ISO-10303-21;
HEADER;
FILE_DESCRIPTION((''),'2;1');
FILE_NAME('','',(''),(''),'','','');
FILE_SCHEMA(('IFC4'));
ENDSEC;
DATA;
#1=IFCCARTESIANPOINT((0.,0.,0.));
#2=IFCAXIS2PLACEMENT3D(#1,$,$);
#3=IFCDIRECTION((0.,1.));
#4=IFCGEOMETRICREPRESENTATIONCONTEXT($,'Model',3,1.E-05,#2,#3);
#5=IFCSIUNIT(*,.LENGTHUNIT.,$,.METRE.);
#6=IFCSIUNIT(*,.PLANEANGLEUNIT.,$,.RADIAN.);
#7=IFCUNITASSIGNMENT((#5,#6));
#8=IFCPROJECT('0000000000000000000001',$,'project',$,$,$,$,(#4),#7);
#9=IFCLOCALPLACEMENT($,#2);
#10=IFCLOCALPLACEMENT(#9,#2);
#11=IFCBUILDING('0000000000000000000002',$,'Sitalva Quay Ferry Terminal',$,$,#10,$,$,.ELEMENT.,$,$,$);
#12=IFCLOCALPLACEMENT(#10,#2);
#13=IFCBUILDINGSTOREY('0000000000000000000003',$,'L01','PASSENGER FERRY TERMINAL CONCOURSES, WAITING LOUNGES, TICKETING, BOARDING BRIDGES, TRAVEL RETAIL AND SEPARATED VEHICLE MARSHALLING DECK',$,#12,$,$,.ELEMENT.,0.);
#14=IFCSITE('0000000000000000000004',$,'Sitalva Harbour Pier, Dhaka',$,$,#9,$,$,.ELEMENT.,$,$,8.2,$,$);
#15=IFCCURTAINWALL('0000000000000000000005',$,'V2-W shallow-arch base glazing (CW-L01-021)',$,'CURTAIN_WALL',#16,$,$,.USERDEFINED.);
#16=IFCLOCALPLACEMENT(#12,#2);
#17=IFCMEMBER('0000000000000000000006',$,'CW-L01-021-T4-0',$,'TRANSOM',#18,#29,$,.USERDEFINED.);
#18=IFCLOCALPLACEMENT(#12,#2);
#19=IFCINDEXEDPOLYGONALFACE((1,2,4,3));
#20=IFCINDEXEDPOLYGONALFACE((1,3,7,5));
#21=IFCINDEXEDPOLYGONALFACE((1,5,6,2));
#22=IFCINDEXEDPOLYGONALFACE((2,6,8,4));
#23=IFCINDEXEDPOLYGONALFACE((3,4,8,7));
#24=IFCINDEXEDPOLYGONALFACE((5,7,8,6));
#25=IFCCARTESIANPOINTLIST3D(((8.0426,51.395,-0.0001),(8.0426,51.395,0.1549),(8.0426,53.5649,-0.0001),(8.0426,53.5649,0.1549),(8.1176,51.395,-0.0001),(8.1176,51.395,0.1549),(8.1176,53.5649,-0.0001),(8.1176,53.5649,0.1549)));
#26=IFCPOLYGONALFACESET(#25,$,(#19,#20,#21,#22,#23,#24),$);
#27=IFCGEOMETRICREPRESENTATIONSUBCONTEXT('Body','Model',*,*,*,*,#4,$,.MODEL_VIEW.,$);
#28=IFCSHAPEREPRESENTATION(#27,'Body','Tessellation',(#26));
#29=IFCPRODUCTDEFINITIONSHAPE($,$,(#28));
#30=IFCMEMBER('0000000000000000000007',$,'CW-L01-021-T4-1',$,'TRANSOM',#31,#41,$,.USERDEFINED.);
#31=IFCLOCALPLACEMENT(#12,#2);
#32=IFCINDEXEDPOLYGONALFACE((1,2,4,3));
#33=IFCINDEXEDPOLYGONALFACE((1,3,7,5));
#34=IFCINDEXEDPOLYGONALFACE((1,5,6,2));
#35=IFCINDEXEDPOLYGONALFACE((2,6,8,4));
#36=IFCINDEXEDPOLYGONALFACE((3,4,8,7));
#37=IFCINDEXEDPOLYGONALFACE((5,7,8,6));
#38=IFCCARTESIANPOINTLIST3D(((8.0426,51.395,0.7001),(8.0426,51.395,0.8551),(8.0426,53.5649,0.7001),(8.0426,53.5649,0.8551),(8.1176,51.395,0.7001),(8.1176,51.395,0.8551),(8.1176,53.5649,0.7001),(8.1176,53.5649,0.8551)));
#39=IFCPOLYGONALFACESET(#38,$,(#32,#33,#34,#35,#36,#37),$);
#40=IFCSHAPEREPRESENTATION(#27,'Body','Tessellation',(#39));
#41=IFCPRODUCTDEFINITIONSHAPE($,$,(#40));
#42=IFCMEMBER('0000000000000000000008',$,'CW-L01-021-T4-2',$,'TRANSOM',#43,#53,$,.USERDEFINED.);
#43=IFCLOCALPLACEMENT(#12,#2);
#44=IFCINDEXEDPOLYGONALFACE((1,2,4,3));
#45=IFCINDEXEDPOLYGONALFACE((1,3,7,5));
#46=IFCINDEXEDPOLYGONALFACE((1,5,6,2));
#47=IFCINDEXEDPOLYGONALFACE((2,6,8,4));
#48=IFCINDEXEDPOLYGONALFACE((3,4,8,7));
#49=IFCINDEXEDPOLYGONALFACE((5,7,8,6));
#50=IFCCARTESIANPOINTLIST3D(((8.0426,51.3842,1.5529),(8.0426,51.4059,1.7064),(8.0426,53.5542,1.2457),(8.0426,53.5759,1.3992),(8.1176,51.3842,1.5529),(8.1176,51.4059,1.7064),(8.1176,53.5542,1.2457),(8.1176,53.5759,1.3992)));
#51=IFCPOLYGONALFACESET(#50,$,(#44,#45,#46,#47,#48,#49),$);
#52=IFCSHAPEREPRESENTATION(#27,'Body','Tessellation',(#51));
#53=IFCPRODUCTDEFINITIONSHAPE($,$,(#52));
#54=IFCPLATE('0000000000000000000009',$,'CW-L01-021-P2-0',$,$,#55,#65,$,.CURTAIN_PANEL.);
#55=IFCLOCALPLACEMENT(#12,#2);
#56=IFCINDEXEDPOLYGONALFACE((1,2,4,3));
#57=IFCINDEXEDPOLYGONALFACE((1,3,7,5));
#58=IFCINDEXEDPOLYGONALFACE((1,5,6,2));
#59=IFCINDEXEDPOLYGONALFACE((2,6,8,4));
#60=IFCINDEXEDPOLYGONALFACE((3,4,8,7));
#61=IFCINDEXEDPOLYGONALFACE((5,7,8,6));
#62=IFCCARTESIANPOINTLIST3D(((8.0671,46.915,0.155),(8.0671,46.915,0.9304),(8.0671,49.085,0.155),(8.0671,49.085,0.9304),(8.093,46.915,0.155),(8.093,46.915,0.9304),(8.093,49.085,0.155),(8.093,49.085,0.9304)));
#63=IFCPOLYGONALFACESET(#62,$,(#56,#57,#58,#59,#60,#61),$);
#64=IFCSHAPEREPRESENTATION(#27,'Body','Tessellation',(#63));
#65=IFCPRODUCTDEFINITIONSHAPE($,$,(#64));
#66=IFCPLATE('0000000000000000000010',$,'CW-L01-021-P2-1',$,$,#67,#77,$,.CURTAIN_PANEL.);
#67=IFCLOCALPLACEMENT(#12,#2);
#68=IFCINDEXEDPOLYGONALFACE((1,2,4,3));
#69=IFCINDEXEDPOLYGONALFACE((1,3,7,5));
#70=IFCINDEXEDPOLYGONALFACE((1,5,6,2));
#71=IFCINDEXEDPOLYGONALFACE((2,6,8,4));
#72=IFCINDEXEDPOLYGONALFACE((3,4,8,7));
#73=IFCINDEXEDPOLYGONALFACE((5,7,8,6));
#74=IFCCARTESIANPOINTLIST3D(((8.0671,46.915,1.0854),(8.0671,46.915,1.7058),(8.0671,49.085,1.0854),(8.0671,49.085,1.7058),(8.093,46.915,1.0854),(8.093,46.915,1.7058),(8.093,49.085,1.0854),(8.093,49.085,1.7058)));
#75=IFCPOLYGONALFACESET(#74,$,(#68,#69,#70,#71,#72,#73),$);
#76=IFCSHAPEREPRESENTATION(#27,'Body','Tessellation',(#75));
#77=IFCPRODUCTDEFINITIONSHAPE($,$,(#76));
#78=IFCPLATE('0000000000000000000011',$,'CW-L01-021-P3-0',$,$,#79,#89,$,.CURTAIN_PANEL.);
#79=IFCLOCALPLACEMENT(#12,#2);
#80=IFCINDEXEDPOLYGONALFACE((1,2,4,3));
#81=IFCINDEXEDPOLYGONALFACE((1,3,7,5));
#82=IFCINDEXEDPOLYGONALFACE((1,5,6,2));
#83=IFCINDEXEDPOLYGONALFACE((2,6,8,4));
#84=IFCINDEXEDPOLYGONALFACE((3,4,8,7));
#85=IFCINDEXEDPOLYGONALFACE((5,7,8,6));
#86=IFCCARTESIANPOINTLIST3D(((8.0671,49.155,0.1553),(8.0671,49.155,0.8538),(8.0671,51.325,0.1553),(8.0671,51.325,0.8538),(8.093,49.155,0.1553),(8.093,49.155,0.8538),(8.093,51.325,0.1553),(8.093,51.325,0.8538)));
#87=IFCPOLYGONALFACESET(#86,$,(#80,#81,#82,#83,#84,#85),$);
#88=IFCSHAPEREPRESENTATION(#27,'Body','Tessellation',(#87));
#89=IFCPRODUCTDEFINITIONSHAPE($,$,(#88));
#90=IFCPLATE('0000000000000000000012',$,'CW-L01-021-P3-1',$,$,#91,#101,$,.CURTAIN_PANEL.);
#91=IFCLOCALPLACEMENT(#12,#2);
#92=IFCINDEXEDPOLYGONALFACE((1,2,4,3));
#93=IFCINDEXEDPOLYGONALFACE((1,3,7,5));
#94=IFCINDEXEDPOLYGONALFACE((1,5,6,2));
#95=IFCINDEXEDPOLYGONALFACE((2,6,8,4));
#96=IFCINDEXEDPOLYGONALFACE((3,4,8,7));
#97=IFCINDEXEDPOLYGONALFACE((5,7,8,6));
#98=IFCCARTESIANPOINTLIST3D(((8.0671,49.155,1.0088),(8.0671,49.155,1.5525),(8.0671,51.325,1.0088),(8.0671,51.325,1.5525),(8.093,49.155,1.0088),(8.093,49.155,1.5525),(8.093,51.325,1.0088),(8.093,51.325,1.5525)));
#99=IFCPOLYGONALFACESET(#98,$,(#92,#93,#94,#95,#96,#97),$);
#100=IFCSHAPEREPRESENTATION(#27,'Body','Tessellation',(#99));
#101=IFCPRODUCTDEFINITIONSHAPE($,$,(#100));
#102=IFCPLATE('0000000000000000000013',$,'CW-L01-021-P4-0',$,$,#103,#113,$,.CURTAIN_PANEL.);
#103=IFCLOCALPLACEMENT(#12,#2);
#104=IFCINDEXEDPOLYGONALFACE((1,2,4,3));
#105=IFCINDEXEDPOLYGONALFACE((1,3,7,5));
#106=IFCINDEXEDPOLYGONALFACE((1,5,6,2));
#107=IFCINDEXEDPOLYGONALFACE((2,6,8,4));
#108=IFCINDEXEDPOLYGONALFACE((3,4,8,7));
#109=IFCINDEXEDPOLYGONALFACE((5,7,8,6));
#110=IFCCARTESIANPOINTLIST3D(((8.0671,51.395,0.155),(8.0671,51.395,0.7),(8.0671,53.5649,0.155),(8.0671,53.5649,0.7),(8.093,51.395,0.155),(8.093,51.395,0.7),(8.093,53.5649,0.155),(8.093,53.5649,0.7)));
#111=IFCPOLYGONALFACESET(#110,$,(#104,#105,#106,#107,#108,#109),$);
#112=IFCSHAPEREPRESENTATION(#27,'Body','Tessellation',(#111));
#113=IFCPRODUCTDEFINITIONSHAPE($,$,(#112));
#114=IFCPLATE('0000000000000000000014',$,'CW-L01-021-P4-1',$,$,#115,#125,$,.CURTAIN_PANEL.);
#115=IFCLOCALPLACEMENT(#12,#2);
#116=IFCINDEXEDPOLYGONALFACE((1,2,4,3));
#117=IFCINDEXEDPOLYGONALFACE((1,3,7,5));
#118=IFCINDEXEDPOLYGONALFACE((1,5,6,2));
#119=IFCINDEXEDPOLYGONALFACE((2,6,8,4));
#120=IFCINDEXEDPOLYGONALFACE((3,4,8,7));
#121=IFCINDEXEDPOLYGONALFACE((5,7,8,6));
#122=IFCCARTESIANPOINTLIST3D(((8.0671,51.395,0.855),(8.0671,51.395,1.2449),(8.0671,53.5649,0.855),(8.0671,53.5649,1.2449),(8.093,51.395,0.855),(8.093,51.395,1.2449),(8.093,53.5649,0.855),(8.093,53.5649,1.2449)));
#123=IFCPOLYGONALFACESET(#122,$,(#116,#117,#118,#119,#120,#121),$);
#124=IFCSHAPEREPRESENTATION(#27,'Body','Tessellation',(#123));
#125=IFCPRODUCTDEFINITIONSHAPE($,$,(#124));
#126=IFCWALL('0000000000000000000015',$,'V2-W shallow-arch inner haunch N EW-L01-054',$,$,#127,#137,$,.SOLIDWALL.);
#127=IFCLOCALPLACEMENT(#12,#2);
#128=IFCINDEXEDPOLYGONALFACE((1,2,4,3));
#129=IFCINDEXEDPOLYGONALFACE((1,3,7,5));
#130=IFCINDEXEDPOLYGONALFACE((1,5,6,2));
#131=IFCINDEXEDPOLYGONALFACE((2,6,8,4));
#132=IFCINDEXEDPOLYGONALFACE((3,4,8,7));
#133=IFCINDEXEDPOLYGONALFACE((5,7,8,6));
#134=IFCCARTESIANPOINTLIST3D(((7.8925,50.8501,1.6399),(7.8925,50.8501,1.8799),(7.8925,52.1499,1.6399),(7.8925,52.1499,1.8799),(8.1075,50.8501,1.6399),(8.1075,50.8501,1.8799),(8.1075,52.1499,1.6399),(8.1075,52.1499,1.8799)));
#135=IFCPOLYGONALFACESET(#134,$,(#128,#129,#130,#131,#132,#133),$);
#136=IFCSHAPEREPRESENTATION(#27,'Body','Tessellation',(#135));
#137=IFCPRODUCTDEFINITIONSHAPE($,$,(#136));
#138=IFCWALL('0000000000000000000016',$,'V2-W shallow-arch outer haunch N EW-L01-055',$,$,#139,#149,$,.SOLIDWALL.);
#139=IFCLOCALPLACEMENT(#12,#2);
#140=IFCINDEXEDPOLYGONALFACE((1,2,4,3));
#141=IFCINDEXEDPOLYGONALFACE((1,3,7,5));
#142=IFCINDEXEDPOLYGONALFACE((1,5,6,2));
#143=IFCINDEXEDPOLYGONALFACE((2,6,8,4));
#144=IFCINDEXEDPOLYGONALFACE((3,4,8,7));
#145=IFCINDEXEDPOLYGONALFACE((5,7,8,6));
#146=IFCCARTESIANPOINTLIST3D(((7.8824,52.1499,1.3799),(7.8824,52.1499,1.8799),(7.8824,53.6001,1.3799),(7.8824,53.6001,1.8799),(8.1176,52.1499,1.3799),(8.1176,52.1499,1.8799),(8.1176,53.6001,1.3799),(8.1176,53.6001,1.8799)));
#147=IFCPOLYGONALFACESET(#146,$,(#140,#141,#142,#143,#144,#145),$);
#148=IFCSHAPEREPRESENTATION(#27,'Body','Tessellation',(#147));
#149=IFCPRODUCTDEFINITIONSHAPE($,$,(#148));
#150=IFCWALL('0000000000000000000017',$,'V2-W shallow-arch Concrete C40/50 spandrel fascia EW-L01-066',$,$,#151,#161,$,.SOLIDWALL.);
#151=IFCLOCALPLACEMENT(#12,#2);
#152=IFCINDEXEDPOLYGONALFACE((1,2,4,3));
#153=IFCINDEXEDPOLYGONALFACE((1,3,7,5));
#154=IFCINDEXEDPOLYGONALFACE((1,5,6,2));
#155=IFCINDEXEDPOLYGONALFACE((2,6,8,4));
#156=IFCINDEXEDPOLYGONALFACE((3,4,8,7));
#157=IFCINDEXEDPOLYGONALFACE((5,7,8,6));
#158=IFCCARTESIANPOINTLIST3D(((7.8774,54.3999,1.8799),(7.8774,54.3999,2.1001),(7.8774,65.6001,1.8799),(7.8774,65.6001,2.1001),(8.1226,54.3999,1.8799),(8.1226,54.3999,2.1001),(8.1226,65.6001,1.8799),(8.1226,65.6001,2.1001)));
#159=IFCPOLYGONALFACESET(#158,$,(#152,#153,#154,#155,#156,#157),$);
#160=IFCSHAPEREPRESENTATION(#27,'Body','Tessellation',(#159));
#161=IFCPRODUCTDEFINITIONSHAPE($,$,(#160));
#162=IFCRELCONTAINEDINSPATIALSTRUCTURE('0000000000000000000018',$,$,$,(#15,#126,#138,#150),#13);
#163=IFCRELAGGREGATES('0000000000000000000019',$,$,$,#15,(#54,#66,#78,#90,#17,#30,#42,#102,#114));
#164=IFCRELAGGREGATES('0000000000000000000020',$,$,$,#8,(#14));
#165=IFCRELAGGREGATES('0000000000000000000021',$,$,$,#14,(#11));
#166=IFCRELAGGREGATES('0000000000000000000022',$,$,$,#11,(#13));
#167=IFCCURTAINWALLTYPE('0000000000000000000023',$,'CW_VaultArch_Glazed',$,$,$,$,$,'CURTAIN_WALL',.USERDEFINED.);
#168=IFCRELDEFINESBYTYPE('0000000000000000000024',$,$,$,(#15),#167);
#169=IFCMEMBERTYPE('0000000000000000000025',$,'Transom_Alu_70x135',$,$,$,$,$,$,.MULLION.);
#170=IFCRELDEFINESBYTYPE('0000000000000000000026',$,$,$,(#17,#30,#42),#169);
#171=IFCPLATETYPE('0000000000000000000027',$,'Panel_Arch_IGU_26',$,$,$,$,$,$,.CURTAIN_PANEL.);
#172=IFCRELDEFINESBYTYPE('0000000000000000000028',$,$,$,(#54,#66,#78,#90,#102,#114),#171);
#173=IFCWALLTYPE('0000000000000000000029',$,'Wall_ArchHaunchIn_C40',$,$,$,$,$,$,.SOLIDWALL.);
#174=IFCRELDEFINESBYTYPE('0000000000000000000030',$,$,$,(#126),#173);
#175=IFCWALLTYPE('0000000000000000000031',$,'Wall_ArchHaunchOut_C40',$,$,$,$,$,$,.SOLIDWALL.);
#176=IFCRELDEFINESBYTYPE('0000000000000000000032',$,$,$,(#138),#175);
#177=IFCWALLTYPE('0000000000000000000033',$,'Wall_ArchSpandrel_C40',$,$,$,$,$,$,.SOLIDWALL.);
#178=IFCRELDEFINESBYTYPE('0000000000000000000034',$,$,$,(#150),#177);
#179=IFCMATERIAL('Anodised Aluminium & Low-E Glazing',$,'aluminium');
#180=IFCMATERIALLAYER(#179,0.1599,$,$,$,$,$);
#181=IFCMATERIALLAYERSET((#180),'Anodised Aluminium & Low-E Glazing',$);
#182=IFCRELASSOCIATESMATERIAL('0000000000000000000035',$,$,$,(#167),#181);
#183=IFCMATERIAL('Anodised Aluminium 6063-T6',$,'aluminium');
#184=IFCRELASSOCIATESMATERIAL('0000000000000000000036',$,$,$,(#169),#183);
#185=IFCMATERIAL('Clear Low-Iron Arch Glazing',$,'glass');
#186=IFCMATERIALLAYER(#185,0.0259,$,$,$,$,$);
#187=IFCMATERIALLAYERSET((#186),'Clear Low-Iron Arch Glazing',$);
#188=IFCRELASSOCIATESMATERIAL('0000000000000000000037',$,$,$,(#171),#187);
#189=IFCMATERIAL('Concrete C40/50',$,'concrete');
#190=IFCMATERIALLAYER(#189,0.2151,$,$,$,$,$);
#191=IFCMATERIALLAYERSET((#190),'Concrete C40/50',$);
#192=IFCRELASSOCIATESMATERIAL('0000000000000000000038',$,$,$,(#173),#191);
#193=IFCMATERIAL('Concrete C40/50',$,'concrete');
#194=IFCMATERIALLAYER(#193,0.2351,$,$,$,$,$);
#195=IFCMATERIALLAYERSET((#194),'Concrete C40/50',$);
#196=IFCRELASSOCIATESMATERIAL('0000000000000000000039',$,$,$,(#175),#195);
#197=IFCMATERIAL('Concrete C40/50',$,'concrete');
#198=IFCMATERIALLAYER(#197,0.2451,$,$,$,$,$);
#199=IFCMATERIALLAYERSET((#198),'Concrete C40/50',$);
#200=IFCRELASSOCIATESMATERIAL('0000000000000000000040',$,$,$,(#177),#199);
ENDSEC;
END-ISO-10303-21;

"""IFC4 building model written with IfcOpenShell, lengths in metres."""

from ifc_helpers import new_model, si_unit, direction, frame, frame_2d, origin, origin_2d, place, context, subcontext, project, spatial, rectangle, extrude, material, layer, layer_set, material_profile, profile_set, type_object, element, aggregate, save


model = new_model("IFC4")

# Units and contexts
model_context = context("Model", 3, precision=1e-05, world=origin(), true_north=direction((0.0, 1.0)))
body_context = subcontext(model_context, "Body", "Model", "MODEL_VIEW")
ifc_project = project(units=[si_unit("LENGTHUNIT", "METRE"), si_unit("PLANEANGLEUNIT", "RADIAN")], contexts=[model_context])

# Site, building, storey
site_placement = place(None, origin())
site = spatial("IfcSite", under=ifc_project, at=site_placement, Name="Sitalva Harbour Pier, Dhaka", CompositionType="ELEMENT", RefElevation=8.2)
building_placement = place(site_placement, origin())
building = spatial("IfcBuilding", under=site, at=building_placement, Name="Sitalva Quay Ferry Terminal", CompositionType="ELEMENT")
storey_placement = place(building_placement, origin())
storey = spatial("IfcBuildingStorey", under=building, at=storey_placement, Name="L01", Description="PASSENGER FERRY TERMINAL CONCOURSES, WAITING LOUNGES, TICKETING, BOARDING BRIDGES, TRAVEL RETAIL AND SEPARATED VEHICLE MARSHALLING DECK", CompositionType="ELEMENT", Elevation=0.0)

# Curtain wall, members, plates
ifc_material_1 = material(Name="Anodised Aluminium & Low-E Glazing", Category="aluminium")
ifc_layer_1 = layer(ifc_material_1, 0.1599)
ifc_layer_set_1 = layer_set([ifc_layer_1], Name="Anodised Aluminium & Low-E Glazing")
curtain_wall_type = type_object("IfcCurtainWallType", Name="CW_VaultArch_Glazed", ElementType="CURTAIN_WALL", PredefinedType="USERDEFINED", material=ifc_layer_set_1)
curtain_wall_placement = place(storey_placement, origin())
curtain_wall = element("IfcCurtainWall", 1, at=curtain_wall_placement, inside=storey, type_object=curtain_wall_type, Name="V2-W shallow-arch base glazing (CW-L01-021)", ObjectType="CURTAIN_WALL", PredefinedType="USERDEFINED")
ifc_material_2 = material(Name="Anodised Aluminium 6063-T6", Category="aluminium")
ifc_material_profile_1 = material_profile(ifc_material_2, rectangle(XDim=0.075, YDim=0.155, at=origin_2d()), Name="ALU75x155")
ifc_profile_set_1 = profile_set([ifc_material_profile_1], Name="Anodised Aluminium 6063-T6")
member_type_1 = type_object("IfcMemberType", Name="Transom_Alu_70x135", PredefinedType="MULLION", material=ifc_profile_set_1)
member_1_placement = place(storey_placement, frame((8.0801, 51.395, 0.0774), z_axis=(0.0, 1.0, 0.0), x_axis=(-1.0, 0.0, 0.0)))
member_1 = element("IfcMember", 2, at=member_1_placement, type_object=member_type_1, Name="CW-L01-021-T4-0", ObjectType="TRANSOM", PredefinedType="USERDEFINED", context=body_context, shape_type="SweptSolid", body=[
    extrude(rectangle(XDim=0.075, YDim=0.155, at=origin_2d()), origin(), (0.0, 0.0, 1.0), 2.1699),
])
member_2_placement = place(storey_placement, frame((8.0801, 51.395, 0.7776), z_axis=(0.0, 1.0, 0.0), x_axis=(-1.0, 0.0, 0.0)))
member_2 = element("IfcMember", 3, at=member_2_placement, type_object=member_type_1, Name="CW-L01-021-T4-1", ObjectType="TRANSOM", PredefinedType="USERDEFINED", context=body_context, shape_type="SweptSolid", body=[
    extrude(rectangle(XDim=0.075, YDim=0.155, at=origin_2d()), origin(), (0.0, 0.0, 1.0), 2.1699),
])
member_3_placement = place(storey_placement, frame((8.0801, 51.395, 1.6296), z_axis=(0.0, 0.990131, -0.140142), x_axis=(-1.0, 0.0, 0.0)))
member_3 = element("IfcMember", 4, at=member_3_placement, type_object=member_type_1, Name="CW-L01-021-T4-2", ObjectType="TRANSOM", PredefinedType="USERDEFINED", context=body_context, shape_type="SweptSolid", body=[
    extrude(rectangle(XDim=0.075, YDim=0.155, at=origin_2d()), origin(), (0.0, 0.0, 1.0), 2.1917),
])
ifc_material_3 = material(Name="Clear Low-Iron Arch Glazing", Category="glass")
ifc_layer_2 = layer(ifc_material_3, 0.0259)
ifc_layer_set_2 = layer_set([ifc_layer_2], Name="Clear Low-Iron Arch Glazing")
plate_type = type_object("IfcPlateType", Name="Panel_Arch_IGU_26", PredefinedType="CURTAIN_PANEL", material=ifc_layer_set_2)
plate_1_placement = place(storey_placement, frame((8.0801, 48.0, 0.155), z_axis=(0.0, 0.0, 1.0), x_axis=(0.0, 1.0, 0.0)))
plate_1 = element("IfcPlate", 5, at=plate_1_placement, type_object=plate_type, Name="CW-L01-021-P2-0", PredefinedType="CURTAIN_PANEL", context=body_context, shape_type="SweptSolid", body=[
    extrude(rectangle(XDim=2.1699, YDim=0.0259, at=origin_2d()), origin(), (0.0, 0.0, 1.0), 0.7754),
])
plate_2_placement = place(storey_placement, frame((8.0801, 48.0, 1.0854), z_axis=(0.0, 0.0, 1.0), x_axis=(0.0, 1.0, 0.0)))
plate_2 = element("IfcPlate", 6, at=plate_2_placement, type_object=plate_type, Name="CW-L01-021-P2-1", PredefinedType="CURTAIN_PANEL", context=body_context, shape_type="SweptSolid", body=[
    extrude(rectangle(XDim=2.1699, YDim=0.0259, at=origin_2d()), origin(), (0.0, 0.0, 1.0), 0.6204),
])
plate_3_placement = place(storey_placement, frame((8.0801, 50.24, 0.1553), z_axis=(0.0, 0.0, 1.0), x_axis=(0.0, 1.0, 0.0)))
plate_3 = element("IfcPlate", 7, at=plate_3_placement, type_object=plate_type, Name="CW-L01-021-P3-0", PredefinedType="CURTAIN_PANEL", context=body_context, shape_type="SweptSolid", body=[
    extrude(rectangle(XDim=2.1699, YDim=0.0259, at=origin_2d()), origin(), (0.0, 0.0, 1.0), 0.6985),
])
plate_4_placement = place(storey_placement, frame((8.0801, 50.24, 1.0088), z_axis=(0.0, 0.0, 1.0), x_axis=(0.0, 1.0, 0.0)))
plate_4 = element("IfcPlate", 8, at=plate_4_placement, type_object=plate_type, Name="CW-L01-021-P3-1", PredefinedType="CURTAIN_PANEL", context=body_context, shape_type="SweptSolid", body=[
    extrude(rectangle(XDim=2.1699, YDim=0.0259, at=origin_2d()), origin(), (0.0, 0.0, 1.0), 0.5437),
])
plate_5_placement = place(storey_placement, frame((8.0801, 52.48, 0.155), z_axis=(0.0, 0.0, 1.0), x_axis=(0.0, 1.0, 0.0)))
plate_5 = element("IfcPlate", 9, at=plate_5_placement, type_object=plate_type, Name="CW-L01-021-P4-0", PredefinedType="CURTAIN_PANEL", context=body_context, shape_type="SweptSolid", body=[
    extrude(rectangle(XDim=2.1699, YDim=0.0259, at=origin_2d()), origin(), (0.0, 0.0, 1.0), 0.5449),
])
plate_6_placement = place(storey_placement, frame((8.0801, 52.48, 0.855), z_axis=(0.0, 0.0, 1.0), x_axis=(0.0, 1.0, 0.0)))
plate_6 = element("IfcPlate", 10, at=plate_6_placement, type_object=plate_type, Name="CW-L01-021-P4-1", PredefinedType="CURTAIN_PANEL", context=body_context, shape_type="SweptSolid", body=[
    extrude(rectangle(XDim=2.1699, YDim=0.0259, at=origin_2d()), origin(), (0.0, 0.0, 1.0), 0.3899),
])
aggregate(curtain_wall, [plate_1, plate_2, plate_3, plate_4, member_1, member_2, member_3, plate_5, plate_6])

# Walls
ifc_material_4 = material(Name="Concrete C40/50", Category="concrete")
ifc_layer_3 = layer(ifc_material_4, 0.2151)
ifc_layer_set_3 = layer_set([ifc_layer_3], Name="Concrete C40/50")
wall_type_1 = type_object("IfcWallType", Name="Wall_ArchHaunchIn_C40", PredefinedType="SOLIDWALL", material=ifc_layer_set_3)
wall_1_placement = place(storey_placement, frame((8.0, 50.8501, 1.6399), z_axis=(0.0, 0.0, 1.0), x_axis=(0.0, 1.0, 0.0)))
element("IfcWall", 11, at=wall_1_placement, inside=storey, type_object=wall_type_1, Name="V2-W shallow-arch inner haunch N EW-L01-054", PredefinedType="SOLIDWALL", context=body_context, shape_type="SweptSolid", body=[
    extrude(rectangle(XDim=1.2998, YDim=0.2151, at=frame_2d((0.6499, 0.0))), origin(), (0.0, 0.0, 1.0), 0.24),
])
ifc_material_5 = material(Name="Concrete C40/50", Category="concrete")
ifc_layer_4 = layer(ifc_material_5, 0.2351)
ifc_layer_set_4 = layer_set([ifc_layer_4], Name="Concrete C40/50")
wall_type_2 = type_object("IfcWallType", Name="Wall_ArchHaunchOut_C40", PredefinedType="SOLIDWALL", material=ifc_layer_set_4)
wall_2_placement = place(storey_placement, frame((8.0, 52.1499, 1.3799), z_axis=(0.0, 0.0, 1.0), x_axis=(0.0, 1.0, 0.0)))
element("IfcWall", 12, at=wall_2_placement, inside=storey, type_object=wall_type_2, Name="V2-W shallow-arch outer haunch N EW-L01-055", PredefinedType="SOLIDWALL", context=body_context, shape_type="SweptSolid", body=[
    extrude(rectangle(XDim=1.4502, YDim=0.2351, at=frame_2d((0.7251, 0.0))), origin(), (0.0, 0.0, 1.0), 0.5),
])
ifc_material_6 = material(Name="Concrete C40/50", Category="concrete")
ifc_layer_5 = layer(ifc_material_6, 0.2451)
ifc_layer_set_5 = layer_set([ifc_layer_5], Name="Concrete C40/50")
wall_type_3 = type_object("IfcWallType", Name="Wall_ArchSpandrel_C40", PredefinedType="SOLIDWALL", material=ifc_layer_set_5)
wall_3_placement = place(storey_placement, frame((8.0, 54.3999, 1.8799), z_axis=(0.0, 0.0, 1.0), x_axis=(0.0, 1.0, 0.0)))
element("IfcWall", 13, at=wall_3_placement, inside=storey, type_object=wall_type_3, Name="V2-W shallow-arch Concrete C40/50 spandrel fascia EW-L01-066", PredefinedType="SOLIDWALL", context=body_context, shape_type="SweptSolid", body=[
    extrude(rectangle(XDim=11.2002, YDim=0.2451, at=frame_2d((5.6001, 0.0))), origin(), (0.0, 0.0, 1.0), 0.2202),
])

save(model, "model.ifc")
